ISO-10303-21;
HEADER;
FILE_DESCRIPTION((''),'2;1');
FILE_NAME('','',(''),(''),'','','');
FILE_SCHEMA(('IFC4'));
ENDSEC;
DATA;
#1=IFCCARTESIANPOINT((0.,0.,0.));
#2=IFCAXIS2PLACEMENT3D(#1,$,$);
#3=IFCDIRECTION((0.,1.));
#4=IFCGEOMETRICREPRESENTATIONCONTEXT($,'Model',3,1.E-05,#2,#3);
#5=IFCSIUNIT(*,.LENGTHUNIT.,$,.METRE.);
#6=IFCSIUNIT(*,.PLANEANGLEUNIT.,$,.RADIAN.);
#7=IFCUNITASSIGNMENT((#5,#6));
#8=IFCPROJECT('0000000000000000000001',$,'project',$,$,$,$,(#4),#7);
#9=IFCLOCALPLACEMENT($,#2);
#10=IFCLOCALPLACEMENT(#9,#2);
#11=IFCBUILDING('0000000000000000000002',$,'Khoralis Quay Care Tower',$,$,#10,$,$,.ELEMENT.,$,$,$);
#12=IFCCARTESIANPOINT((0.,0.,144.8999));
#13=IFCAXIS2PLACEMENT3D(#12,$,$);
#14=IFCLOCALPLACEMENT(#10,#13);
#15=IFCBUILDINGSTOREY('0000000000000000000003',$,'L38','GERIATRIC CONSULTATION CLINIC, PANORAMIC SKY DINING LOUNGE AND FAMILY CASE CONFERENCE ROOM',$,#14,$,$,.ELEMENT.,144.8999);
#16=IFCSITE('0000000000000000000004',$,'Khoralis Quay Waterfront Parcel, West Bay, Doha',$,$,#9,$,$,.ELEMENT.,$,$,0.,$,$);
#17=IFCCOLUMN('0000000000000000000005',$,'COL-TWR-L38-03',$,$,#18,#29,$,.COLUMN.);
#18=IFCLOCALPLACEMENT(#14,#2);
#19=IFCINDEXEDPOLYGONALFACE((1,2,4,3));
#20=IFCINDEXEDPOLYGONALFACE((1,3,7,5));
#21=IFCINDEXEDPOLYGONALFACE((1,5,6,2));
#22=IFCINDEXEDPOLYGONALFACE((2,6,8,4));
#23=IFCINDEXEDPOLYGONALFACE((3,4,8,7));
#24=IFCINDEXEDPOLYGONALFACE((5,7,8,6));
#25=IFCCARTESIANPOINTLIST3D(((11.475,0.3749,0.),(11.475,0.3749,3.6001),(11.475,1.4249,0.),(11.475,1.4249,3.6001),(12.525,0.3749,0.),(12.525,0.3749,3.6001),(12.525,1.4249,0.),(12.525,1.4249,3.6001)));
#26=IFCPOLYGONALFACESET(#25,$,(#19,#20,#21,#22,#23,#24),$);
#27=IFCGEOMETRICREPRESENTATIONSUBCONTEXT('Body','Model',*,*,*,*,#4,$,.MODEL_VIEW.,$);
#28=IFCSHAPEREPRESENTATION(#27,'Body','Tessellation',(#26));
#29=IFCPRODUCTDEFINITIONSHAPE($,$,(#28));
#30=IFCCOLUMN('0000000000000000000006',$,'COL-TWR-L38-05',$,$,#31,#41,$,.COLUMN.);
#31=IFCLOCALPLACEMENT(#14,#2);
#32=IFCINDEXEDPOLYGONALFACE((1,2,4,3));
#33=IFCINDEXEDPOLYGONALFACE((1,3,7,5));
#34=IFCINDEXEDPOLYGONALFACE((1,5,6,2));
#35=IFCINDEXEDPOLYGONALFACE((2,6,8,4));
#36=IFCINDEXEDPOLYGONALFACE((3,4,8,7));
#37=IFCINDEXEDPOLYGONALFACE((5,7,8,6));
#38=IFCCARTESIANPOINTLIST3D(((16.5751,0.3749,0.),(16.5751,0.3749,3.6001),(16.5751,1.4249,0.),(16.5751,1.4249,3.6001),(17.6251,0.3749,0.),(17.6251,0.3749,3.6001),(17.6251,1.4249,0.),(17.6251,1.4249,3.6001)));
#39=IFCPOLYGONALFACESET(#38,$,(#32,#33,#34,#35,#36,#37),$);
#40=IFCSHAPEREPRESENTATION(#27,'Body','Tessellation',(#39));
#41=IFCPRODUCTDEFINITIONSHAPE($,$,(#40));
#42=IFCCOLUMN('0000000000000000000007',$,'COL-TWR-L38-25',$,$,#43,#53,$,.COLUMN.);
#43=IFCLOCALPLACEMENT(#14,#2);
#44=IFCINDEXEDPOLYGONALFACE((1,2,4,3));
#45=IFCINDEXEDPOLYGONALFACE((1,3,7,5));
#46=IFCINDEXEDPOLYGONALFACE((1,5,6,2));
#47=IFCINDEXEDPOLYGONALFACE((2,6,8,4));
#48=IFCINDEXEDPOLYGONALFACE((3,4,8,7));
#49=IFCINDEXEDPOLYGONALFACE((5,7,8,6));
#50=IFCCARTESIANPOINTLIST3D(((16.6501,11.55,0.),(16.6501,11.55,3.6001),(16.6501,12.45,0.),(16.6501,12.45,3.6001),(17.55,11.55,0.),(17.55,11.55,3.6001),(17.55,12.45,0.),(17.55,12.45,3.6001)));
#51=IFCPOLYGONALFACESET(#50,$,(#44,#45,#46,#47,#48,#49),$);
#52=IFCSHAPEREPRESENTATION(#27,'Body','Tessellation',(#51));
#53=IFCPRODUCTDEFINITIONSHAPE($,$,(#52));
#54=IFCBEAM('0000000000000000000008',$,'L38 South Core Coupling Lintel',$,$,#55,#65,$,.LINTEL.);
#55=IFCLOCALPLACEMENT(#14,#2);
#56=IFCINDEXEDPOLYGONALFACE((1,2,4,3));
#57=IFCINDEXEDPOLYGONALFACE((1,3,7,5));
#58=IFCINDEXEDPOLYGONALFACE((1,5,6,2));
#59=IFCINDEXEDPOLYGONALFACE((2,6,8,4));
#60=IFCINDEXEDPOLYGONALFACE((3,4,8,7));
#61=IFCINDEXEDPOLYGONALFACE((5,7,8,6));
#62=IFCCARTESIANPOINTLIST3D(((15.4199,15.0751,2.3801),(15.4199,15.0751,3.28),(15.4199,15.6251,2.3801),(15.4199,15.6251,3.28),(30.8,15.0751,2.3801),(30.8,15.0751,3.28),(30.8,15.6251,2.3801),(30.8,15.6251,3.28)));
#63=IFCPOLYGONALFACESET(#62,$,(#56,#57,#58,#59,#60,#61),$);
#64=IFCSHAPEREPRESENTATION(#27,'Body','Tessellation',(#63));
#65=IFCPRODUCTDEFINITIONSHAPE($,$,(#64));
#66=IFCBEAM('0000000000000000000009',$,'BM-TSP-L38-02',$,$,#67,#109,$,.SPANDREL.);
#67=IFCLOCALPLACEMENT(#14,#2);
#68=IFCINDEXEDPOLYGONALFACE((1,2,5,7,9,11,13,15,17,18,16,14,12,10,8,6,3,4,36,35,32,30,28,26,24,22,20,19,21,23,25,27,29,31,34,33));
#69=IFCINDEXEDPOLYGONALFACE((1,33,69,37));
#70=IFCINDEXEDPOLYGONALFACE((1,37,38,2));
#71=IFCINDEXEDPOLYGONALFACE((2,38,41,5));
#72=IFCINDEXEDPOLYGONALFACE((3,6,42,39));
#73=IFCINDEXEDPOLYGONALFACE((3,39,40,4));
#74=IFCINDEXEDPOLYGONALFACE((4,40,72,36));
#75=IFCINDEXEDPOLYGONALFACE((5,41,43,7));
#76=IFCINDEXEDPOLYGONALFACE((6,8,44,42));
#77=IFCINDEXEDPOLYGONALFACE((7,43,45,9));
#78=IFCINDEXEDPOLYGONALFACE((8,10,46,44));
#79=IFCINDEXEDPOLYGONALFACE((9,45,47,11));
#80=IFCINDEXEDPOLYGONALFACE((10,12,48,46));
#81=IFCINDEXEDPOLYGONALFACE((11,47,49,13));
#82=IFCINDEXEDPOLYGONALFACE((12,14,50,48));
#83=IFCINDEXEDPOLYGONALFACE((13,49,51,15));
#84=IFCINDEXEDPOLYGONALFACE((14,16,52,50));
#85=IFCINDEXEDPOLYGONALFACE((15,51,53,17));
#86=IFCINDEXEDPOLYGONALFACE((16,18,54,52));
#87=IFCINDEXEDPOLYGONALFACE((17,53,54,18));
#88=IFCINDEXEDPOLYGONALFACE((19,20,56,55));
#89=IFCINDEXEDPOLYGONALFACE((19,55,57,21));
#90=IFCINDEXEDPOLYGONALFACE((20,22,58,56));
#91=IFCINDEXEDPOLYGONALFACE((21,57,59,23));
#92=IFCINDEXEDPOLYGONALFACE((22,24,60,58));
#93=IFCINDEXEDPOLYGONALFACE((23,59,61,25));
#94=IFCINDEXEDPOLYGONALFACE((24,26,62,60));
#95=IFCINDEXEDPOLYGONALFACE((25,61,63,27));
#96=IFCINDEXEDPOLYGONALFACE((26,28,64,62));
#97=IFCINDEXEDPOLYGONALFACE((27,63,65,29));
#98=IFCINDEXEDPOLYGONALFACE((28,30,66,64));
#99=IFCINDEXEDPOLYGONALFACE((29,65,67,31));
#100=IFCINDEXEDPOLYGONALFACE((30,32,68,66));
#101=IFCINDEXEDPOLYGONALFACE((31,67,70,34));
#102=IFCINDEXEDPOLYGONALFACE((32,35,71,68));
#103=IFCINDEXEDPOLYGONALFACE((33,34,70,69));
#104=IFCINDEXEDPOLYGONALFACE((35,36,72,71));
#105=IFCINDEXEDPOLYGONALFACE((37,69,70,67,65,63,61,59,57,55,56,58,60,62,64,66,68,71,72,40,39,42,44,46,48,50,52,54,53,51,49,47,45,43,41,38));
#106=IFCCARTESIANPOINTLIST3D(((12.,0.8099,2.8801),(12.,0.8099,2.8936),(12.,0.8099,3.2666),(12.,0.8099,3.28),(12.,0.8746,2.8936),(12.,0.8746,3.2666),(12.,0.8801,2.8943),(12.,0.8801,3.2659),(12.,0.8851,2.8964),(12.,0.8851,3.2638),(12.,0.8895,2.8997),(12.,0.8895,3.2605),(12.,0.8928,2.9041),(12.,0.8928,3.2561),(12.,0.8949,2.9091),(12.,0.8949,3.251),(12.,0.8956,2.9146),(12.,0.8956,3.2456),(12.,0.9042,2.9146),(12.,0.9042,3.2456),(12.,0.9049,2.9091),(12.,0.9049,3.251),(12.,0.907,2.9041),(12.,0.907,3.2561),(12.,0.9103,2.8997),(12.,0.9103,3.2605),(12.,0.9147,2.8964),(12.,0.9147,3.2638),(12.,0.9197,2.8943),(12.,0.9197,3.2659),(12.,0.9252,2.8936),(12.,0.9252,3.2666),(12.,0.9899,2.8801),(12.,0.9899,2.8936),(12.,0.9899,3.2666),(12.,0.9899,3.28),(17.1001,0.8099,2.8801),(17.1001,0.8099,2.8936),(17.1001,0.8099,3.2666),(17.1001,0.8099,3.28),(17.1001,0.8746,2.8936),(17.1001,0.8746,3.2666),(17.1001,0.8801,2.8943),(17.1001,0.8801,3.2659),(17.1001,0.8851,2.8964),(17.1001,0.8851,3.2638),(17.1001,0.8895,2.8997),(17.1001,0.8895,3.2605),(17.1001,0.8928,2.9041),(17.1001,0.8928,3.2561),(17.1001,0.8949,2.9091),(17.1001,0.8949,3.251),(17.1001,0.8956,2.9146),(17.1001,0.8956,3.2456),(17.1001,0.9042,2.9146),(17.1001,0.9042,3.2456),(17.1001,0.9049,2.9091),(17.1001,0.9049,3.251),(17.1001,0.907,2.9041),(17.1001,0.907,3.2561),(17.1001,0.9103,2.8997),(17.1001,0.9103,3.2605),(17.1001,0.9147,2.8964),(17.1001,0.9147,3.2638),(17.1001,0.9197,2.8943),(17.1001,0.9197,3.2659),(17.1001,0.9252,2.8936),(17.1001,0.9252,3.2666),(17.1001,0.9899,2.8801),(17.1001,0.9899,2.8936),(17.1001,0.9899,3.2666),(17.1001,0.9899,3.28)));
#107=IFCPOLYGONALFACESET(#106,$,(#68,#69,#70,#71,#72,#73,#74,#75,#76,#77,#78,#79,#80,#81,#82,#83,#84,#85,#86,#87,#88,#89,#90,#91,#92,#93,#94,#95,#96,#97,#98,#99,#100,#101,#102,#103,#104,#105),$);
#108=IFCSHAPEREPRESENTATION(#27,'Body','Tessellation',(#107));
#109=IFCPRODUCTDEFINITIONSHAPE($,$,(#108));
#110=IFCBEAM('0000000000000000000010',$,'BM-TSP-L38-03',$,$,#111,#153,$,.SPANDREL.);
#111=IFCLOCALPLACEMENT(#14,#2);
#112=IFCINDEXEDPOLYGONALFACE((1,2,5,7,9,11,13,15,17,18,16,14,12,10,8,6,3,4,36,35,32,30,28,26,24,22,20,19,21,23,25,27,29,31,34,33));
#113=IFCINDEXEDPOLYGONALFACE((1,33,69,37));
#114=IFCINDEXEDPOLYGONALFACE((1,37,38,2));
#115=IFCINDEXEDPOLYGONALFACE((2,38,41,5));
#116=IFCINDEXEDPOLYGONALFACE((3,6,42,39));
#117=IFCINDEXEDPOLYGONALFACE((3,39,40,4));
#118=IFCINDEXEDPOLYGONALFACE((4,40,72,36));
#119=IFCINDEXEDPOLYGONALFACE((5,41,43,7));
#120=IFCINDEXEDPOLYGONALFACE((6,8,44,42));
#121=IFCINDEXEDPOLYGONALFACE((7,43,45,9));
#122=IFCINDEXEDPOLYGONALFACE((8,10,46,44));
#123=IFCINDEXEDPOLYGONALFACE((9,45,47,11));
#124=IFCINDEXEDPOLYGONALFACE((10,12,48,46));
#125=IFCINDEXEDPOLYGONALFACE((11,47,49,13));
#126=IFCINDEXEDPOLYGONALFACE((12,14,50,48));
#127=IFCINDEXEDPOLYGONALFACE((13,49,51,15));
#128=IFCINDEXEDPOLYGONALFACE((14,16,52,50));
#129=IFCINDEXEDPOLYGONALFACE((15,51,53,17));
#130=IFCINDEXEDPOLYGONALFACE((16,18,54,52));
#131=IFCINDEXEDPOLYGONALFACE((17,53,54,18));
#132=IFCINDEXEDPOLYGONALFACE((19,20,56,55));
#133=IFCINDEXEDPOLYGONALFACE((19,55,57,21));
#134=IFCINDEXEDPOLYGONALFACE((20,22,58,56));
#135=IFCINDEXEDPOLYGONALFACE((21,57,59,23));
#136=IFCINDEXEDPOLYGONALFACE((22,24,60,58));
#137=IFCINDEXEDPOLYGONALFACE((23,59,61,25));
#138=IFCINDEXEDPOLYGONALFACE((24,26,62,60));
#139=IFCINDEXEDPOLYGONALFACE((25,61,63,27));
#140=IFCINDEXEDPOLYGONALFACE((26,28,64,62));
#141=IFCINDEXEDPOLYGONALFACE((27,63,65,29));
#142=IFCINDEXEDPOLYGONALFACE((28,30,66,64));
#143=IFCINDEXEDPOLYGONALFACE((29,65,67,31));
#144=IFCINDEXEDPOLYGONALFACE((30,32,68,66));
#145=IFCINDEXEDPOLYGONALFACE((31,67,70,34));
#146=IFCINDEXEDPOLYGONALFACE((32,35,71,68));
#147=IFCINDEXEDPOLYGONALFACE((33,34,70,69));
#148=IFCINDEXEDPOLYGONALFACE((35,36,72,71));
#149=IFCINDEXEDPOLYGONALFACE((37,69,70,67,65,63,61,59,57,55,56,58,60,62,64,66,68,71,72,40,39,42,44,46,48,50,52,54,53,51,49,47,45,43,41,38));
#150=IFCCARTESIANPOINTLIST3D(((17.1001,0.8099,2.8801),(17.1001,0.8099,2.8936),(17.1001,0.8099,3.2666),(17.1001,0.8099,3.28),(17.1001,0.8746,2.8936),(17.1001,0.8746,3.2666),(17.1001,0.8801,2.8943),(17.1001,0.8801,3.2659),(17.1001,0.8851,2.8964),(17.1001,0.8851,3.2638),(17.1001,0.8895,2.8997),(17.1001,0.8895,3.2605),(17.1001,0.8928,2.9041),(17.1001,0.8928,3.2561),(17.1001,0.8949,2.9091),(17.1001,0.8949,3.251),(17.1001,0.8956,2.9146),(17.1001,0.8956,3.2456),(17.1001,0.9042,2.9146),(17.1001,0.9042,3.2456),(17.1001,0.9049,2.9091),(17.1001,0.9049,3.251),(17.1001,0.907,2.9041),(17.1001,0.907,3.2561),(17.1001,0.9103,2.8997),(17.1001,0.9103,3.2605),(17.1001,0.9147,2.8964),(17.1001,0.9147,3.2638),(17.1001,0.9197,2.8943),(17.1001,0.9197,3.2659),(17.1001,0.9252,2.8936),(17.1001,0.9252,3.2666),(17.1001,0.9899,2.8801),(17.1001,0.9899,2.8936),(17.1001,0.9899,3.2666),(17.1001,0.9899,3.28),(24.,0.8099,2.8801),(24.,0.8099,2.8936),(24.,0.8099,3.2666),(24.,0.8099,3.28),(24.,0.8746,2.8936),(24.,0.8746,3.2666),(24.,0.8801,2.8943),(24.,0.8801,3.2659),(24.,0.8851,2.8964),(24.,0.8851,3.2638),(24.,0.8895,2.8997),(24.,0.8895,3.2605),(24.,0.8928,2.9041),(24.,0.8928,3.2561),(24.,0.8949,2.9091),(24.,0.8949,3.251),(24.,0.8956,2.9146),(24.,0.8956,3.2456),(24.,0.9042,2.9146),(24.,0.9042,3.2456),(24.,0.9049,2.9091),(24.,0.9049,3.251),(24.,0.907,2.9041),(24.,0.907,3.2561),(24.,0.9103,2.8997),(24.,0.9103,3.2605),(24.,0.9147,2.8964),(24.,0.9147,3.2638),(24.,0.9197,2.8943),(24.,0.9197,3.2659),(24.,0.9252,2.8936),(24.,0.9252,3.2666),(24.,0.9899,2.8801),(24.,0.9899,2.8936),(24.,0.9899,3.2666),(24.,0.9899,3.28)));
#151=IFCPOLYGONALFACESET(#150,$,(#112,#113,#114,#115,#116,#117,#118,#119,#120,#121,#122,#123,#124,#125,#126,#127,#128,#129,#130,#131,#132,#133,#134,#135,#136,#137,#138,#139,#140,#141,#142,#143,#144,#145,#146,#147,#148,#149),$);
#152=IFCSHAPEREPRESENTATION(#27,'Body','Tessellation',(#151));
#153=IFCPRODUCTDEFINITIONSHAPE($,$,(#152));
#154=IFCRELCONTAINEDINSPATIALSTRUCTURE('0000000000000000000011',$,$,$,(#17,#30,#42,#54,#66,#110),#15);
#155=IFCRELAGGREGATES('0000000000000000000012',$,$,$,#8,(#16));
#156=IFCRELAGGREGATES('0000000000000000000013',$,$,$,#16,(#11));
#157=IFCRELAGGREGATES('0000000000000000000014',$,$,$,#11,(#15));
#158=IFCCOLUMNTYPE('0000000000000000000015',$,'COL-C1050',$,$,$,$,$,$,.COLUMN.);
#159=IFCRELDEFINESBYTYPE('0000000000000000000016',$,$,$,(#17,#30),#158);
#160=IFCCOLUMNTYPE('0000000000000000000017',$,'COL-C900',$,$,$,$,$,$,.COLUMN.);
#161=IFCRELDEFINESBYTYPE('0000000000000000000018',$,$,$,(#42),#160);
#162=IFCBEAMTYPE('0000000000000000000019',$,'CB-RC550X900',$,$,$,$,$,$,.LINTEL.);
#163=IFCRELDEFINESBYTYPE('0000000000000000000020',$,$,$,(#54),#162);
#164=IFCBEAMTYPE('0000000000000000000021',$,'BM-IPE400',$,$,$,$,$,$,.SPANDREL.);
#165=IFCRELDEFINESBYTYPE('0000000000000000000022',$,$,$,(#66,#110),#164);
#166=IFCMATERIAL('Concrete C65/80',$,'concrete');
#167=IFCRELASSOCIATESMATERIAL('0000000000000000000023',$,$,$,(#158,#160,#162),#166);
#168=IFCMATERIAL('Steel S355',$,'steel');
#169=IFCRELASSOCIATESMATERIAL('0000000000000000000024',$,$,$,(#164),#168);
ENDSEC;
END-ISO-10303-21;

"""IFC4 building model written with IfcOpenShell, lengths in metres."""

from ifc_helpers import new_model, si_unit, direction, frame, origin, origin_2d, place, context, subcontext, project, spatial, rectangle, i_section, extrude, source, transform, mapped, material, material_profile, profile_set, type_object, element, save


model = new_model("IFC4")

# Units and contexts
model_context = context("Model", 3, precision=1e-05, world=origin(), true_north=direction((0.0, 1.0)))
body_context = subcontext(model_context, "Body", "Model", "MODEL_VIEW")
ifc_project = project(units=[si_unit("LENGTHUNIT", "METRE"), si_unit("PLANEANGLEUNIT", "RADIAN")], contexts=[model_context])

# Site, building, storey
site_placement = place(None, origin())
site = spatial("IfcSite", under=ifc_project, at=site_placement, Name="Khoralis Quay Waterfront Parcel, West Bay, Doha", CompositionType="ELEMENT", RefElevation=0.0)
building_placement = place(site_placement, origin())
building = spatial("IfcBuilding", under=site, at=building_placement, Name="Khoralis Quay Care Tower", CompositionType="ELEMENT")
storey_placement = place(building_placement, frame((0.0, 0.0, 144.8999)))
storey = spatial("IfcBuildingStorey", under=building, at=storey_placement, Name="L38", Description="GERIATRIC CONSULTATION CLINIC, PANORAMIC SKY DINING LOUNGE AND FAMILY CASE CONFERENCE ROOM", CompositionType="ELEMENT", Elevation=144.8999)

# Columns
ifc_material_1 = material(Name="Concrete C65/80", Category="concrete")
ifc_material_profile_1 = material_profile(ifc_material_1, rectangle(XDim=1.05, YDim=1.05, at=origin_2d()), Name="Concrete C65/80")
ifc_profile_set_1 = profile_set([ifc_material_profile_1], Name="Concrete C65/80")
column_type_1 = type_object("IfcColumnType", Name="COL-C1050", PredefinedType="COLUMN", material=ifc_profile_set_1)
shared_shape_1 = source(origin(), body_context, "Body", "SweptSolid", [
    extrude(rectangle(XDim=1.05, YDim=1.05, at=origin_2d()), origin(), (0.0, 0.0, 1.0), 3.6001),
])
for number, where, z_axis, x_axis, name in (
    (1, (12.0, 0.8999, 0.0), (0.0, 0.0, 1.0), (1.0, 0.0, 0.0), "COL-TWR-L38-03"),
    (2, (17.1001, 0.8999, 0.0), (0.0, 0.0, 1.0), (1.0, 0.0, 0.0), "COL-TWR-L38-05"),
):
    element("IfcColumn", number, at=place(storey_placement, frame(where, z_axis=z_axis, x_axis=x_axis)), inside=storey, type_object=column_type_1, Name=name, PredefinedType="COLUMN", context=body_context, shape_type="MappedRepresentation", body=[
        mapped(shared_shape_1, transform((0.0, 0.0, 0.0), scale=1.0)),
    ])
ifc_material_profile_2 = material_profile(ifc_material_1, rectangle(XDim=0.8999, YDim=0.8999, at=origin_2d()), Name="Concrete C65/80")
ifc_profile_set_2 = profile_set([ifc_material_profile_2], Name="Concrete C65/80")
column_type_2 = type_object("IfcColumnType", Name="COL-C900", PredefinedType="COLUMN", material=ifc_profile_set_2)
shared_shape_2 = source(origin(), body_context, "Body", "SweptSolid", [
    extrude(rectangle(XDim=0.8999, YDim=0.8999, at=origin_2d()), origin(), (0.0, 0.0, 1.0), 3.6001),
])
column_placement = place(storey_placement, frame((17.1001, 12.0, 0.0), z_axis=(0.0, 0.0, 1.0), x_axis=(1.0, 0.0, 0.0)))
element("IfcColumn", 3, at=column_placement, inside=storey, type_object=column_type_2, Name="COL-TWR-L38-25", PredefinedType="COLUMN", context=body_context, shape_type="MappedRepresentation", body=[
    mapped(shared_shape_2, transform((0.0, 0.0, 0.0), scale=1.0)),
])

# Beams
ifc_material_profile_3 = material_profile(ifc_material_1, rectangle(XDim=0.55, YDim=0.8999, at=origin_2d()), Name="Concrete C65/80")
ifc_profile_set_3 = profile_set([ifc_material_profile_3], Name="Concrete C65/80")
beam_type_1 = type_object("IfcBeamType", Name="CB-RC550X900", PredefinedType="LINTEL", material=ifc_profile_set_3)
shared_shape_3 = source(origin(), body_context, "Body", "SweptSolid", [
    extrude(rectangle(XDim=0.55, YDim=0.8999, at=origin_2d()), origin(), (0.0, 0.0, 1.0), 15.3801),
])
beam_1_placement = place(storey_placement, frame((15.4199, 15.3501, 2.8301), z_axis=(1.0, 0.0, 0.0), x_axis=(0.0, 1.0, 0.0)))
element("IfcBeam", 4, at=beam_1_placement, inside=storey, type_object=beam_type_1, Name="L38 South Core Coupling Lintel", PredefinedType="LINTEL", context=body_context, shape_type="MappedRepresentation", body=[
    mapped(shared_shape_3, transform((0.0, 0.0, 0.0), scale=1.0)),
])
ifc_material_2 = material(Name="Steel S355", Category="steel")
ifc_material_profile_4 = material_profile(ifc_material_2, i_section(OverallWidth=0.1799, OverallDepth=0.3999, WebThickness=0.0085, FlangeThickness=0.0134, FilletRadius=0.021, at=origin_2d()), Name="Steel S355")
ifc_profile_set_4 = profile_set([ifc_material_profile_4], Name="Steel S355")
beam_type_2 = type_object("IfcBeamType", Name="BM-IPE400", PredefinedType="SPANDREL", material=ifc_profile_set_4)
shared_shape_4 = source(origin(), body_context, "Body", "SweptSolid", [
    extrude(i_section(OverallWidth=0.1799, OverallDepth=0.3999, WebThickness=0.0085, FlangeThickness=0.0134, FilletRadius=0.021, at=origin_2d()), origin(), (0.0, 0.0, 1.0), 5.1001),
])
beam_2_placement = place(storey_placement, frame((12.0, 0.8999, 3.0801), z_axis=(1.0, 0.0, 0.0), x_axis=(0.0, 1.0, 0.0)))
element("IfcBeam", 5, at=beam_2_placement, inside=storey, type_object=beam_type_2, Name="BM-TSP-L38-02", PredefinedType="SPANDREL", context=body_context, shape_type="MappedRepresentation", body=[
    mapped(shared_shape_4, transform((0.0, 0.0, 0.0), scale=1.0)),
])
shared_shape_5 = source(origin(), body_context, "Body", "SweptSolid", [
    extrude(i_section(OverallWidth=0.1799, OverallDepth=0.3999, WebThickness=0.0085, FlangeThickness=0.0134, FilletRadius=0.021, at=origin_2d()), origin(), (0.0, 0.0, 1.0), 6.8999),
])
beam_3_placement = place(storey_placement, frame((17.1001, 0.8999, 3.0801), z_axis=(1.0, 0.0, 0.0), x_axis=(0.0, 1.0, 0.0)))
element("IfcBeam", 6, at=beam_3_placement, inside=storey, type_object=beam_type_2, Name="BM-TSP-L38-03", PredefinedType="SPANDREL", context=body_context, shape_type="MappedRepresentation", body=[
    mapped(shared_shape_5, transform((0.0, 0.0, 0.0), scale=1.0)),
])

save(model, "model.ifc")
